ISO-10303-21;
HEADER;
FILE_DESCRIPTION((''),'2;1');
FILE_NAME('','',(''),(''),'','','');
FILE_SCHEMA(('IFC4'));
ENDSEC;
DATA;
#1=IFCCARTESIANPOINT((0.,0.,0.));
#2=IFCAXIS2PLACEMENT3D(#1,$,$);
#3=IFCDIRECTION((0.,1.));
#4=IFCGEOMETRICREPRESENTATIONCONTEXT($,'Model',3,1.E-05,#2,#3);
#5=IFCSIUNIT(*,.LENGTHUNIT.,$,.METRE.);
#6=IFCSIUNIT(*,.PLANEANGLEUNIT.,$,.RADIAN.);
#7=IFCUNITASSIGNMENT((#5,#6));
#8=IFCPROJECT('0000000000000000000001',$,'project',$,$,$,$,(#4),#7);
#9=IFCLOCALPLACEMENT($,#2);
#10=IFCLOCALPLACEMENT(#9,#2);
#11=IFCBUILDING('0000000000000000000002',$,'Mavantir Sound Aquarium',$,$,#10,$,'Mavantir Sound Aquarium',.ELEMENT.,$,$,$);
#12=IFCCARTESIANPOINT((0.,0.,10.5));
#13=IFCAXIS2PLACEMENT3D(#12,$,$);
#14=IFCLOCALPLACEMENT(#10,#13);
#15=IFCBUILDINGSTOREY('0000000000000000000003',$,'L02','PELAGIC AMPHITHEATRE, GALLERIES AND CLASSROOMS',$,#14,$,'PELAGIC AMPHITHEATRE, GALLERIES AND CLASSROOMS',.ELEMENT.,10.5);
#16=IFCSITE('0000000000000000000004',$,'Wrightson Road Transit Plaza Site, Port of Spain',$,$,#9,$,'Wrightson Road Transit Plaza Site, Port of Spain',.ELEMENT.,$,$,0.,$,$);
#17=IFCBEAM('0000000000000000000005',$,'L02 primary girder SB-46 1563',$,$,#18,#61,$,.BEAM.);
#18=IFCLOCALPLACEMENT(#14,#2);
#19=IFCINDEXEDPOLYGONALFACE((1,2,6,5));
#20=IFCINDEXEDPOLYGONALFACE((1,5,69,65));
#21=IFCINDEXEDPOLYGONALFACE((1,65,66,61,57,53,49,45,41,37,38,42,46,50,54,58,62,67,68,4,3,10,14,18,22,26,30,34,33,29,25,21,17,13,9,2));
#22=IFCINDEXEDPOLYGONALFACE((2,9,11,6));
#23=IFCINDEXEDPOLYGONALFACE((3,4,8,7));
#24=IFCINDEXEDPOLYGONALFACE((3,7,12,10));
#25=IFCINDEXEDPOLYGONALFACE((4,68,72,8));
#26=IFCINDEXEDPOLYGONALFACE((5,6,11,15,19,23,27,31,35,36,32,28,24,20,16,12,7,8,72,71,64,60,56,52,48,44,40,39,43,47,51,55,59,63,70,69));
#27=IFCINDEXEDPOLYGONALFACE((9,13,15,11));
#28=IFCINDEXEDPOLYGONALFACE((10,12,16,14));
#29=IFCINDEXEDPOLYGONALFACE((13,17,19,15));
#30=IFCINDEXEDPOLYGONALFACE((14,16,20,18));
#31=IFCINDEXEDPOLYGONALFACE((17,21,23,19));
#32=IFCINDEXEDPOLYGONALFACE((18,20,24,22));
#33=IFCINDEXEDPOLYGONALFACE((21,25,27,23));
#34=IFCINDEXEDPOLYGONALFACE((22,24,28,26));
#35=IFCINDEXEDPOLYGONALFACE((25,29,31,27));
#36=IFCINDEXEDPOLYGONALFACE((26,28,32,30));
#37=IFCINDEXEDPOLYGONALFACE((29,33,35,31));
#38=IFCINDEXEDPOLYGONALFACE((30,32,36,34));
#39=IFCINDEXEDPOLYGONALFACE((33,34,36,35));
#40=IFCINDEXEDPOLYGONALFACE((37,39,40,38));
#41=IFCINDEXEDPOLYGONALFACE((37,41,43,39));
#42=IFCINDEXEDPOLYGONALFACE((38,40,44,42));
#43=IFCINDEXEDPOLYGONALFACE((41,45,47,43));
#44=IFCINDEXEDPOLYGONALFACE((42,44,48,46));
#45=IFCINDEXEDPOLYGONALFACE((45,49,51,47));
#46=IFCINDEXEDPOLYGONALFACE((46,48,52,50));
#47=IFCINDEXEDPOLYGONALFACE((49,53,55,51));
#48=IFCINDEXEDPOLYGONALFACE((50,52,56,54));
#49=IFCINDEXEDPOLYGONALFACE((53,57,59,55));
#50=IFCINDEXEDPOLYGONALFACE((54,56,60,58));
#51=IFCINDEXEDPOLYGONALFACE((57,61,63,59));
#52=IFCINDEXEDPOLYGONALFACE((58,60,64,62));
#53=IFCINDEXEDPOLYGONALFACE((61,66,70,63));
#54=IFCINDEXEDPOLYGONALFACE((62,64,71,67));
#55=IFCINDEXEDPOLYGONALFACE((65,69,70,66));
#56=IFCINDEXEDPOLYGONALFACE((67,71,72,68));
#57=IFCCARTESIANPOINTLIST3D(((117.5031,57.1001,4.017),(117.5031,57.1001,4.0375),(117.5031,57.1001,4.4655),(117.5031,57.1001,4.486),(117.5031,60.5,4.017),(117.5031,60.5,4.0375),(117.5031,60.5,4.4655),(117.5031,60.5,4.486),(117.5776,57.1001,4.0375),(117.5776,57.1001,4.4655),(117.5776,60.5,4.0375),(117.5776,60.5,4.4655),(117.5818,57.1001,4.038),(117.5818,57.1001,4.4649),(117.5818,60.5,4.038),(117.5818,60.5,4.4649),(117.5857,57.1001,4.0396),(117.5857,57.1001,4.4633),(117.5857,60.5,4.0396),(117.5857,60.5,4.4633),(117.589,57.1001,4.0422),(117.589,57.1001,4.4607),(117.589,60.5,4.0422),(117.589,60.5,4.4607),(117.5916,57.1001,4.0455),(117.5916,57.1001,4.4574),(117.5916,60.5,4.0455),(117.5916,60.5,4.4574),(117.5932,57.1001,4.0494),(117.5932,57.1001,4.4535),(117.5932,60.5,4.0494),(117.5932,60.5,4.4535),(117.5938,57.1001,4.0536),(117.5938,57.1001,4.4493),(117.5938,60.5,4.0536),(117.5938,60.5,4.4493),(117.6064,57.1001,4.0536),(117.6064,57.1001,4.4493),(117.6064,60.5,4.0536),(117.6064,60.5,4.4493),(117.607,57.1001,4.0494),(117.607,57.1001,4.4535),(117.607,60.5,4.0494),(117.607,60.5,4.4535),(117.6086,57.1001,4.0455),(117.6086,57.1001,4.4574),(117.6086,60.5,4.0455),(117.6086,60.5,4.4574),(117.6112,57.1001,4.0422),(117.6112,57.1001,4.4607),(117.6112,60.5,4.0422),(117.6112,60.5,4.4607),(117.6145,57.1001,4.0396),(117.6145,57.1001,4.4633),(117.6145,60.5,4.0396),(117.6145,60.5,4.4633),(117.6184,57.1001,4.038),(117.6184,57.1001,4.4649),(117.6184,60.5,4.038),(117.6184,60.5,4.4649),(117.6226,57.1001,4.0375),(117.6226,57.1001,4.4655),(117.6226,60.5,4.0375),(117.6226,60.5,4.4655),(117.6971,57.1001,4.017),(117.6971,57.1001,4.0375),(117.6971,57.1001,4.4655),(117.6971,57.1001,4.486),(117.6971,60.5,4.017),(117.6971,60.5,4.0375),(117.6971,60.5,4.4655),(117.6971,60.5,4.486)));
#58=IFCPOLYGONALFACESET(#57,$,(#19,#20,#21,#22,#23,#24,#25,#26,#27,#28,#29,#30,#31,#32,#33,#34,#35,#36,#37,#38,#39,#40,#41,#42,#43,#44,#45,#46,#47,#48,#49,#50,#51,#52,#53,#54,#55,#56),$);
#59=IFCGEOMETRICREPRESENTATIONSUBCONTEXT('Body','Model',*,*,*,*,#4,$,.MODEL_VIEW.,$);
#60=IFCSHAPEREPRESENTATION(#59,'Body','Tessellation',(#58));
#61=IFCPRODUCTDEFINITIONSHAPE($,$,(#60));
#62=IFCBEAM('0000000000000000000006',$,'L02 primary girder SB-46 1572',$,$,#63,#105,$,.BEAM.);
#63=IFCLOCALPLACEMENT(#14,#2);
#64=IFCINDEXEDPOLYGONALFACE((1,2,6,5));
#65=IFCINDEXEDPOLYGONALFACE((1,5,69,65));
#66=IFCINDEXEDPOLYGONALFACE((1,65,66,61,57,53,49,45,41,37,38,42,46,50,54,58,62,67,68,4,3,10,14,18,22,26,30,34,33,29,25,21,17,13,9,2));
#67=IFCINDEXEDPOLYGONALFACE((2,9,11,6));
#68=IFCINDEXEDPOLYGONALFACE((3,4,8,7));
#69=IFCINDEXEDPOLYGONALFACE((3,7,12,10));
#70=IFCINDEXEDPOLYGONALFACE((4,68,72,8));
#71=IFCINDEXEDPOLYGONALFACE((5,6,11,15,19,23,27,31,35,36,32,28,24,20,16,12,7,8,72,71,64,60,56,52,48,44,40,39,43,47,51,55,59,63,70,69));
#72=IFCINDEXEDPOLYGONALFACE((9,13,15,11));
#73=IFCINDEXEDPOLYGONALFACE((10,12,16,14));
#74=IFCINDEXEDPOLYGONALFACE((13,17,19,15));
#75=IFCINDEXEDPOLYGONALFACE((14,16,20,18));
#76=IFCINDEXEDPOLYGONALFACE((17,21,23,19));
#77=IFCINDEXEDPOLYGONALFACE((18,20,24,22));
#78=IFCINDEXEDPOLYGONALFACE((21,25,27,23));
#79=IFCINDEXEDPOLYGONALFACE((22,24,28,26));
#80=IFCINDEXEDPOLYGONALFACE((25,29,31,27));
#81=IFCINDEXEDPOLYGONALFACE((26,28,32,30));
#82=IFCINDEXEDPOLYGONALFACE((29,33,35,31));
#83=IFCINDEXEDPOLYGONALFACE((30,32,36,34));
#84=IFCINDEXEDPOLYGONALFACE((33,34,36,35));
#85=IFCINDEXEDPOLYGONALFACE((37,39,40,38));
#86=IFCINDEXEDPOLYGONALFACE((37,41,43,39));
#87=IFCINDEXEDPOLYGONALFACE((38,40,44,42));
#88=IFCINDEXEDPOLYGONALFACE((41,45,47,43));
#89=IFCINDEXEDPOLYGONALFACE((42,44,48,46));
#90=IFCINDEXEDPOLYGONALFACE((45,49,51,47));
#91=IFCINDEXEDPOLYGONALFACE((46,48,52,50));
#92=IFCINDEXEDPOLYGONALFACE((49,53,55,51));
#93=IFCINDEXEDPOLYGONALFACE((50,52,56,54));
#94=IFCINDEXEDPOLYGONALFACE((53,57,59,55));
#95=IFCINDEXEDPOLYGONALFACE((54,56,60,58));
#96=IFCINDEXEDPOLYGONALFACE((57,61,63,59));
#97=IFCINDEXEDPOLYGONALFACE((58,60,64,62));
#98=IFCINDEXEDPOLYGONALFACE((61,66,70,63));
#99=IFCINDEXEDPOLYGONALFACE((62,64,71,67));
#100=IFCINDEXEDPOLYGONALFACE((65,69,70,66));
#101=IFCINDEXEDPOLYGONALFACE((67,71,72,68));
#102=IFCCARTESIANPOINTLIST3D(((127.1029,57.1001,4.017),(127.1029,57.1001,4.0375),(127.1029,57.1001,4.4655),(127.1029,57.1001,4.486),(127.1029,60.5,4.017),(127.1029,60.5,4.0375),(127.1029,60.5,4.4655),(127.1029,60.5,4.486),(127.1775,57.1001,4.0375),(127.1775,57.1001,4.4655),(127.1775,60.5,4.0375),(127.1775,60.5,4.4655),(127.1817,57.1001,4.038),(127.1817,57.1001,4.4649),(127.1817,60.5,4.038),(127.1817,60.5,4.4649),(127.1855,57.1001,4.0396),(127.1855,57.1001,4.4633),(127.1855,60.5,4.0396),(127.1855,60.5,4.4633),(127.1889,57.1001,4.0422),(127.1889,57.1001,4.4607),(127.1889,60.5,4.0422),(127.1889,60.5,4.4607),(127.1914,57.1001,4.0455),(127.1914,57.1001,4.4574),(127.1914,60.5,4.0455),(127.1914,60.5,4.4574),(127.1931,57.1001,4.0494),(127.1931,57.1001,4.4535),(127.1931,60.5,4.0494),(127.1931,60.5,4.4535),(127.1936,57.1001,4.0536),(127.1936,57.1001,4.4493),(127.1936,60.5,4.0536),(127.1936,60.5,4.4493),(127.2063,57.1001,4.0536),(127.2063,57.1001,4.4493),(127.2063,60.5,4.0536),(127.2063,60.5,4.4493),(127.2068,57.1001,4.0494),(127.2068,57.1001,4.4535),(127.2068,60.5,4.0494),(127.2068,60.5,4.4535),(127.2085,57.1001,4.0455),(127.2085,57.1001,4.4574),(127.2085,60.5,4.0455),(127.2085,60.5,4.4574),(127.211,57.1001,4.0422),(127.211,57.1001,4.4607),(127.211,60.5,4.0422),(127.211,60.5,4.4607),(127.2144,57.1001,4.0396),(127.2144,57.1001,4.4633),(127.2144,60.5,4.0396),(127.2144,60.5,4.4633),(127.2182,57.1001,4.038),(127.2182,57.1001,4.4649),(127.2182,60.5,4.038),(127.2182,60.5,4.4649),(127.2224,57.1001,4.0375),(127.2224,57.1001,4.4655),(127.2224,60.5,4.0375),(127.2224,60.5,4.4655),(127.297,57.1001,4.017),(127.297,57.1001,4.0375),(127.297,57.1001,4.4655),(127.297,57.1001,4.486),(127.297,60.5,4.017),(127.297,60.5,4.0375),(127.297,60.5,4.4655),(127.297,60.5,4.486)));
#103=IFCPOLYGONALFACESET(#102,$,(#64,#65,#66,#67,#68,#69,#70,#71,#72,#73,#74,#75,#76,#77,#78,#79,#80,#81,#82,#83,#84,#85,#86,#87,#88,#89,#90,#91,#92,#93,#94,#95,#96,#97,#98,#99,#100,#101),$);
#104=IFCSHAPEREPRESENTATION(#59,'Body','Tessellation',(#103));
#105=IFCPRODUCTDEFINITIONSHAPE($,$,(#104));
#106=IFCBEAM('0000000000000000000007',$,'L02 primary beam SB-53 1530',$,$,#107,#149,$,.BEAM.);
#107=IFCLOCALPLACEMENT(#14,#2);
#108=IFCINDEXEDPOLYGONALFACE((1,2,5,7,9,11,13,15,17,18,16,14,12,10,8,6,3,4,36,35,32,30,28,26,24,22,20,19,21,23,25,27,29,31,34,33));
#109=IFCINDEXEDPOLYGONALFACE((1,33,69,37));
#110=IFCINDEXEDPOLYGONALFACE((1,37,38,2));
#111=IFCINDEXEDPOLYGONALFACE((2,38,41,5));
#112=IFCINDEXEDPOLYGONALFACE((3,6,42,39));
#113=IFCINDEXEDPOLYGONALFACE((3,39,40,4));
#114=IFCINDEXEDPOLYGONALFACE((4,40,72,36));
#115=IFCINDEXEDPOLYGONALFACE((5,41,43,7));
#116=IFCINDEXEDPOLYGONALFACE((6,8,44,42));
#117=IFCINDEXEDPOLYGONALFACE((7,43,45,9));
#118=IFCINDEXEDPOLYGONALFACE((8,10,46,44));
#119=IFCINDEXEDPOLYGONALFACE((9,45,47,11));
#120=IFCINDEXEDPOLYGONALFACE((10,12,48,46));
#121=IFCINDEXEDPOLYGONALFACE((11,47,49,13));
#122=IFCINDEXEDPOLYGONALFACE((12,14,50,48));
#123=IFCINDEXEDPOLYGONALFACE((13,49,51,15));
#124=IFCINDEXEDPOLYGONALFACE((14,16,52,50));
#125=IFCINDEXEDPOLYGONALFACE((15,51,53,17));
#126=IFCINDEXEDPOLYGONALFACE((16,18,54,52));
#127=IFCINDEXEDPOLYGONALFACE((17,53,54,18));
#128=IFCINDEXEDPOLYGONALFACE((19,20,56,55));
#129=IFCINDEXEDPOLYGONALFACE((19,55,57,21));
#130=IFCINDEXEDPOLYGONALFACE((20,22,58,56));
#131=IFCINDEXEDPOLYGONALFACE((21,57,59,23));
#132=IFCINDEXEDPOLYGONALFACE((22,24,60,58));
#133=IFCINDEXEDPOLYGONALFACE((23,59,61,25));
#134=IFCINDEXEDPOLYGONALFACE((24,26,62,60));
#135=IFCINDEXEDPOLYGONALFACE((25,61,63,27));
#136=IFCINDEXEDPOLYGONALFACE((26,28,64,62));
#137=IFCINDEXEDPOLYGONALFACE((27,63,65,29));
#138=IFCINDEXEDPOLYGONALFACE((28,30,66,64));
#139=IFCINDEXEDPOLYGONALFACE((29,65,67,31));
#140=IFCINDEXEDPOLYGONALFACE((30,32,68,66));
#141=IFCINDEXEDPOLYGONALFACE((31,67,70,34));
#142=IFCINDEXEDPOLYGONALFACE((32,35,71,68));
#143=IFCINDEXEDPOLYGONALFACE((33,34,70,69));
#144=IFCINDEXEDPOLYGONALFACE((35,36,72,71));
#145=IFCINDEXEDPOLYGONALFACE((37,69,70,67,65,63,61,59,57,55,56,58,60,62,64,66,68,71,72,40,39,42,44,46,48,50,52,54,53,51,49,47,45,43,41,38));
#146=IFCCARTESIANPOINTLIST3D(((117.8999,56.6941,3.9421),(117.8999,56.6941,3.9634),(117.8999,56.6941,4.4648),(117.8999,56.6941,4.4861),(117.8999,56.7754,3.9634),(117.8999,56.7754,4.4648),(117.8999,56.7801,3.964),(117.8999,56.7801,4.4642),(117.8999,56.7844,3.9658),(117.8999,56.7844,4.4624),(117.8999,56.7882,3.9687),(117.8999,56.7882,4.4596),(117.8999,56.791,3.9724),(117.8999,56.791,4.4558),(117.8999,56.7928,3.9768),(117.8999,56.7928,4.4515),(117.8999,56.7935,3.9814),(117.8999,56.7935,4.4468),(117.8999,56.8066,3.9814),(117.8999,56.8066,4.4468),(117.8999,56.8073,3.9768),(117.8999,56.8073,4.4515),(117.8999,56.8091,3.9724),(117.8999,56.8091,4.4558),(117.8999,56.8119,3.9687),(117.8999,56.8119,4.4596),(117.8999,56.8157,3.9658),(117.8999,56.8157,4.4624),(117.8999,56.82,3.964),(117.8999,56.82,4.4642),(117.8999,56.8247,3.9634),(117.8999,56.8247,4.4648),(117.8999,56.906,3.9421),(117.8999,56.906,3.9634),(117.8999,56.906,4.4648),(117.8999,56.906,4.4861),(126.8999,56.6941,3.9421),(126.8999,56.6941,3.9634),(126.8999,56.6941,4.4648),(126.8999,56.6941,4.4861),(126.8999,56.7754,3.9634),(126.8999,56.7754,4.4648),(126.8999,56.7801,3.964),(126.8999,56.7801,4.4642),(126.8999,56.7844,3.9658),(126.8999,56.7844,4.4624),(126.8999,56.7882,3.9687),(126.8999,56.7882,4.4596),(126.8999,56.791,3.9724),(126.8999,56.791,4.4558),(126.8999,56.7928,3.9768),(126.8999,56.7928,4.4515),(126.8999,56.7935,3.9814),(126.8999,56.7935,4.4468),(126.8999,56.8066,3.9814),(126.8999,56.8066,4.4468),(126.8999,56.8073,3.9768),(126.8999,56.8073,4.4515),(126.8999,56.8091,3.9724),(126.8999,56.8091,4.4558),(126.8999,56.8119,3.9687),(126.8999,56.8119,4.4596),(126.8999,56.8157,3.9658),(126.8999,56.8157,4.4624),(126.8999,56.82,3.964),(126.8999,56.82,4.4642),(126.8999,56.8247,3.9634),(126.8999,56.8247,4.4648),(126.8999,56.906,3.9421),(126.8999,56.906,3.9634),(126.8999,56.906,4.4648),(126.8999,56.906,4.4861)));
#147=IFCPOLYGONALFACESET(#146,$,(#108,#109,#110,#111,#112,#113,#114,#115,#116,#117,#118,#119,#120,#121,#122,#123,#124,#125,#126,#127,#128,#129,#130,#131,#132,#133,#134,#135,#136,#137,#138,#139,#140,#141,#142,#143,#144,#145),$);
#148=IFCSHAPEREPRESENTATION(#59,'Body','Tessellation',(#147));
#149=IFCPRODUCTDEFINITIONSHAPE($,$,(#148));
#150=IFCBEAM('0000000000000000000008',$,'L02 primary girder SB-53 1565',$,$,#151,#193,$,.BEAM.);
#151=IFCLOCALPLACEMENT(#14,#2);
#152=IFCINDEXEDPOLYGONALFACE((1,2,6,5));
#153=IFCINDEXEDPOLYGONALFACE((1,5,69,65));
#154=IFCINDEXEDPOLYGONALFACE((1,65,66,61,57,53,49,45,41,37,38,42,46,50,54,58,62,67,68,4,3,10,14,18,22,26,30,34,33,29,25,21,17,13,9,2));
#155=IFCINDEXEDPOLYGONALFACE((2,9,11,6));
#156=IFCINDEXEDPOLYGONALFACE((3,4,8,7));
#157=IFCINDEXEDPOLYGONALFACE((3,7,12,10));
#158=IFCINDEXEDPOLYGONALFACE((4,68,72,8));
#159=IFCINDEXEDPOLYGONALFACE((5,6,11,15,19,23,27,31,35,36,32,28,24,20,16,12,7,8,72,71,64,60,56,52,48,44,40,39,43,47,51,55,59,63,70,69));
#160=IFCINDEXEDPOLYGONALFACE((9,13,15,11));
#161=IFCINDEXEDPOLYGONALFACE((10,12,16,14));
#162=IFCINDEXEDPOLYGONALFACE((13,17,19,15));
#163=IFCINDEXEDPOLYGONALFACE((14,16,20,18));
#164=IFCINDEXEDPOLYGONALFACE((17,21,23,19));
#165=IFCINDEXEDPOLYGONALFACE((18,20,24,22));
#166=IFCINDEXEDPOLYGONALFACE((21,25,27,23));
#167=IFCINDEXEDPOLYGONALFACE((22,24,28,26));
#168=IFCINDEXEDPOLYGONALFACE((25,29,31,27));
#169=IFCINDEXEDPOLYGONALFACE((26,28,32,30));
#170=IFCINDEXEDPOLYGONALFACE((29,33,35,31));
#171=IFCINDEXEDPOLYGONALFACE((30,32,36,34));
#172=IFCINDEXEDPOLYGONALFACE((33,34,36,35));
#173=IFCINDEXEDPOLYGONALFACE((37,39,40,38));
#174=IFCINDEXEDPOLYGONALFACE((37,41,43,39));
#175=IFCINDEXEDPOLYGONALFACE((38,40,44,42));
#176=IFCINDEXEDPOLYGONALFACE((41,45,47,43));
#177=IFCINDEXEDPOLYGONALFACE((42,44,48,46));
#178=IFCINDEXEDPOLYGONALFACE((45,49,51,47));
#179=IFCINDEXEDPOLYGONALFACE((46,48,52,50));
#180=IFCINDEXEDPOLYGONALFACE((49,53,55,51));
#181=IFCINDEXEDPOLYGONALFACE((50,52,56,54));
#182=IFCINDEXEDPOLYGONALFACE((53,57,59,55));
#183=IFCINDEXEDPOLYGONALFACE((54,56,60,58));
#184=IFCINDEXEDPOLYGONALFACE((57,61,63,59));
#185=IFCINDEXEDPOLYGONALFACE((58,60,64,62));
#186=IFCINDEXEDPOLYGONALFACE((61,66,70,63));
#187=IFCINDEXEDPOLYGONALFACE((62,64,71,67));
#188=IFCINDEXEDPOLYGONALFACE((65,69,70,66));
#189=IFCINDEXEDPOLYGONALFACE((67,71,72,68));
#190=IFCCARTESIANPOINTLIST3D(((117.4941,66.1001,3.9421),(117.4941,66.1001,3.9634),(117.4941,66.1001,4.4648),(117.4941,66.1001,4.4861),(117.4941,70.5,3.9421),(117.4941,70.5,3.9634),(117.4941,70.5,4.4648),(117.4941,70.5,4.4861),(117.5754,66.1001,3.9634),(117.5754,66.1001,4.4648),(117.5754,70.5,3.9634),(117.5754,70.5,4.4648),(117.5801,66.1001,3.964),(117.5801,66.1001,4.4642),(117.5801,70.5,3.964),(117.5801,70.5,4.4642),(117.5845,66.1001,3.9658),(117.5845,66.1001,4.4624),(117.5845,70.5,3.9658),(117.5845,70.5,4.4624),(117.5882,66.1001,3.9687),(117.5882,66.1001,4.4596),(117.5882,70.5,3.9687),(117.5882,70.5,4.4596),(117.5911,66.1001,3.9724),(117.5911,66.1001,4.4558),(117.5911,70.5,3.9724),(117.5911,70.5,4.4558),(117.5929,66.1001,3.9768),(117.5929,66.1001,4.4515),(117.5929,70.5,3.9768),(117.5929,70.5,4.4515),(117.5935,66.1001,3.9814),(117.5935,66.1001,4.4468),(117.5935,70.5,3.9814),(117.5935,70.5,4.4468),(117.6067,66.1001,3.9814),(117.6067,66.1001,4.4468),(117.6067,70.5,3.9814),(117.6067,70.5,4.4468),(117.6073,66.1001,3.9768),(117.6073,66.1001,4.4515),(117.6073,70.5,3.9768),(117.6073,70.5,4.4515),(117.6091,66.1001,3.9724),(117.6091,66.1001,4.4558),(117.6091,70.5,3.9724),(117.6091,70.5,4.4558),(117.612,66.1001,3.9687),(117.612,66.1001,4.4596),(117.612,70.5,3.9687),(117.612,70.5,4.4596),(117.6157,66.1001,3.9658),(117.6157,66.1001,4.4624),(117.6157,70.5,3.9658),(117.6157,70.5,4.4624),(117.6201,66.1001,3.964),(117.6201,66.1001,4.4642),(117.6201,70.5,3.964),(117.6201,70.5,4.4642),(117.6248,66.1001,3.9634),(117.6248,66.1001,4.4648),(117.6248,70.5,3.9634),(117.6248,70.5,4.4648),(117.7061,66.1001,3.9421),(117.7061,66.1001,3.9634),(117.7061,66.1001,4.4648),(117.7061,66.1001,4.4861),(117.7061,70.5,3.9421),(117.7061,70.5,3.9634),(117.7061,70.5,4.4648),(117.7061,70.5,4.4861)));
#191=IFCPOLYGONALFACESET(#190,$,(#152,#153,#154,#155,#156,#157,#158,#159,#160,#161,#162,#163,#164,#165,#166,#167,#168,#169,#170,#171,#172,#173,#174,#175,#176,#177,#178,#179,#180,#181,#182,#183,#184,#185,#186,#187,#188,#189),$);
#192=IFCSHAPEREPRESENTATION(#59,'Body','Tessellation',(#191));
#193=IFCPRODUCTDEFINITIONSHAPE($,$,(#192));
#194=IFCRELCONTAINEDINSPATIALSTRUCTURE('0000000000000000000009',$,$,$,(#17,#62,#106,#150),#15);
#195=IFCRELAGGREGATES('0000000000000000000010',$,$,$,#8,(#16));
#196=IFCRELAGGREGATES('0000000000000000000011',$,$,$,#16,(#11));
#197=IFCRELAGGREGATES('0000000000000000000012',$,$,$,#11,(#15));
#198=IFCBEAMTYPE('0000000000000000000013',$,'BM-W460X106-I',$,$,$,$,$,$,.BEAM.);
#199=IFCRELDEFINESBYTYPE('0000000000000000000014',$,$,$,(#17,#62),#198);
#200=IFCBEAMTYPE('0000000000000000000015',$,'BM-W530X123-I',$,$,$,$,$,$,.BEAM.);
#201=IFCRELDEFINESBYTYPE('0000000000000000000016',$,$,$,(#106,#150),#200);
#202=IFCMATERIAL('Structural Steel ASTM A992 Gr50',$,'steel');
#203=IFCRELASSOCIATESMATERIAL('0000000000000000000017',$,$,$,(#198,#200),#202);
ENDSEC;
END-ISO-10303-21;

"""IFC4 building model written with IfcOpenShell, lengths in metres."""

from ifc_helpers import new_model, si_unit, direction, frame, origin, origin_2d, place, context, subcontext, project, spatial, i_section, extrude, material, material_profile, profile_set, type_object, element, save


model = new_model("IFC4")

# Units and contexts
model_context = context("Model", 3, precision=1e-05, world=origin(), true_north=direction((0.0, 1.0)))
body_context = subcontext(model_context, "Body", "Model", "MODEL_VIEW")
ifc_project = project(units=[si_unit("LENGTHUNIT", "METRE"), si_unit("PLANEANGLEUNIT", "RADIAN")], contexts=[model_context])

# Site, building, storey
site_placement = place(None, origin())
site = spatial("IfcSite", under=ifc_project, at=site_placement, Name="Wrightson Road Transit Plaza Site, Port of Spain", LongName="Wrightson Road Transit Plaza Site, Port of Spain", CompositionType="ELEMENT", RefElevation=0.0)
building_placement = place(site_placement, origin())
building = spatial("IfcBuilding", under=site, at=building_placement, Name="Mavantir Sound Aquarium", LongName="Mavantir Sound Aquarium", CompositionType="ELEMENT")
storey_placement = place(building_placement, frame((0.0, 0.0, 10.5)))
storey = spatial("IfcBuildingStorey", under=building, at=storey_placement, Name="L02", Description="PELAGIC AMPHITHEATRE, GALLERIES AND CLASSROOMS", LongName="PELAGIC AMPHITHEATRE, GALLERIES AND CLASSROOMS", CompositionType="ELEMENT", Elevation=10.5)

# Beams
ifc_material_1 = material(Name="Structural Steel ASTM A992 Gr50", Category="steel")
ifc_material_profile_1 = material_profile(ifc_material_1, i_section(OverallWidth=0.1941, OverallDepth=0.469, WebThickness=0.0127, FlangeThickness=0.0205, FilletRadius=0.0161, at=origin_2d()), Name="W460X106")
ifc_profile_set_1 = profile_set([ifc_material_profile_1], Name="Structural Steel ASTM A992 Gr50")
beam_type_1 = type_object("IfcBeamType", Name="BM-W460X106-I", PredefinedType="BEAM", material=ifc_profile_set_1)
for number, where, z_axis, x_axis, name in (
    (1, (117.6001, 57.1001, 4.2515), (0.0, 1.0, 0.0), (-1.0, 0.0, 0.0), "L02 primary girder SB-46 1563"),
    (2, (127.2, 57.1001, 4.2515), (0.0, 1.0, 0.0), (-1.0, 0.0, 0.0), "L02 primary girder SB-46 1572"),
):
    element("IfcBeam", number, at=place(storey_placement, frame(where, z_axis=z_axis, x_axis=x_axis)), inside=storey, type_object=beam_type_1, Name=name, PredefinedType="BEAM", context=body_context, shape_type="SweptSolid", body=[
        extrude(i_section(OverallWidth=0.1941, OverallDepth=0.469, WebThickness=0.0127, FlangeThickness=0.0205, FilletRadius=0.0161, at=origin_2d()), origin(), (0.0, 0.0, 1.0), 3.3999),
    ])
ifc_material_profile_2 = material_profile(ifc_material_1, i_section(OverallWidth=0.2119, OverallDepth=0.5439, WebThickness=0.0132, FlangeThickness=0.0212, FilletRadius=0.0181, at=origin_2d()), Name="W530X123")
ifc_profile_set_2 = profile_set([ifc_material_profile_2], Name="Structural Steel ASTM A992 Gr50")
beam_type_2 = type_object("IfcBeamType", Name="BM-W530X123-I", PredefinedType="BEAM", material=ifc_profile_set_2)
beam_1_placement = place(storey_placement, frame((117.8999, 56.8, 4.2141), z_axis=(1.0, 0.0, 0.0), x_axis=(0.0, 1.0, 0.0)))
element("IfcBeam", 3, at=beam_1_placement, inside=storey, type_object=beam_type_2, Name="L02 primary beam SB-53 1530", PredefinedType="BEAM", context=body_context, shape_type="SweptSolid", body=[
    extrude(i_section(OverallWidth=0.2119, OverallDepth=0.5439, WebThickness=0.0132, FlangeThickness=0.0212, FilletRadius=0.0181, at=origin_2d()), origin(), (0.0, 0.0, 1.0), 9.0),
])
for number, where, z_axis, x_axis, name in (
    (4, (117.6001, 66.1001, 4.2141), (0.0, 1.0, 0.0), (-1.0, 0.0, 0.0), "L02 primary girder SB-53 1565"),
):
    element("IfcBeam", number, at=place(storey_placement, frame(where, z_axis=z_axis, x_axis=x_axis)), inside=storey, type_object=beam_type_2, Name=name, PredefinedType="BEAM", context=body_context, shape_type="SweptSolid", body=[
        extrude(i_section(OverallWidth=0.2119, OverallDepth=0.5439, WebThickness=0.0132, FlangeThickness=0.0212, FilletRadius=0.0181, at=origin_2d()), origin(), (0.0, 0.0, 1.0), 4.3999),
    ])

save(model, "model.ifc")
